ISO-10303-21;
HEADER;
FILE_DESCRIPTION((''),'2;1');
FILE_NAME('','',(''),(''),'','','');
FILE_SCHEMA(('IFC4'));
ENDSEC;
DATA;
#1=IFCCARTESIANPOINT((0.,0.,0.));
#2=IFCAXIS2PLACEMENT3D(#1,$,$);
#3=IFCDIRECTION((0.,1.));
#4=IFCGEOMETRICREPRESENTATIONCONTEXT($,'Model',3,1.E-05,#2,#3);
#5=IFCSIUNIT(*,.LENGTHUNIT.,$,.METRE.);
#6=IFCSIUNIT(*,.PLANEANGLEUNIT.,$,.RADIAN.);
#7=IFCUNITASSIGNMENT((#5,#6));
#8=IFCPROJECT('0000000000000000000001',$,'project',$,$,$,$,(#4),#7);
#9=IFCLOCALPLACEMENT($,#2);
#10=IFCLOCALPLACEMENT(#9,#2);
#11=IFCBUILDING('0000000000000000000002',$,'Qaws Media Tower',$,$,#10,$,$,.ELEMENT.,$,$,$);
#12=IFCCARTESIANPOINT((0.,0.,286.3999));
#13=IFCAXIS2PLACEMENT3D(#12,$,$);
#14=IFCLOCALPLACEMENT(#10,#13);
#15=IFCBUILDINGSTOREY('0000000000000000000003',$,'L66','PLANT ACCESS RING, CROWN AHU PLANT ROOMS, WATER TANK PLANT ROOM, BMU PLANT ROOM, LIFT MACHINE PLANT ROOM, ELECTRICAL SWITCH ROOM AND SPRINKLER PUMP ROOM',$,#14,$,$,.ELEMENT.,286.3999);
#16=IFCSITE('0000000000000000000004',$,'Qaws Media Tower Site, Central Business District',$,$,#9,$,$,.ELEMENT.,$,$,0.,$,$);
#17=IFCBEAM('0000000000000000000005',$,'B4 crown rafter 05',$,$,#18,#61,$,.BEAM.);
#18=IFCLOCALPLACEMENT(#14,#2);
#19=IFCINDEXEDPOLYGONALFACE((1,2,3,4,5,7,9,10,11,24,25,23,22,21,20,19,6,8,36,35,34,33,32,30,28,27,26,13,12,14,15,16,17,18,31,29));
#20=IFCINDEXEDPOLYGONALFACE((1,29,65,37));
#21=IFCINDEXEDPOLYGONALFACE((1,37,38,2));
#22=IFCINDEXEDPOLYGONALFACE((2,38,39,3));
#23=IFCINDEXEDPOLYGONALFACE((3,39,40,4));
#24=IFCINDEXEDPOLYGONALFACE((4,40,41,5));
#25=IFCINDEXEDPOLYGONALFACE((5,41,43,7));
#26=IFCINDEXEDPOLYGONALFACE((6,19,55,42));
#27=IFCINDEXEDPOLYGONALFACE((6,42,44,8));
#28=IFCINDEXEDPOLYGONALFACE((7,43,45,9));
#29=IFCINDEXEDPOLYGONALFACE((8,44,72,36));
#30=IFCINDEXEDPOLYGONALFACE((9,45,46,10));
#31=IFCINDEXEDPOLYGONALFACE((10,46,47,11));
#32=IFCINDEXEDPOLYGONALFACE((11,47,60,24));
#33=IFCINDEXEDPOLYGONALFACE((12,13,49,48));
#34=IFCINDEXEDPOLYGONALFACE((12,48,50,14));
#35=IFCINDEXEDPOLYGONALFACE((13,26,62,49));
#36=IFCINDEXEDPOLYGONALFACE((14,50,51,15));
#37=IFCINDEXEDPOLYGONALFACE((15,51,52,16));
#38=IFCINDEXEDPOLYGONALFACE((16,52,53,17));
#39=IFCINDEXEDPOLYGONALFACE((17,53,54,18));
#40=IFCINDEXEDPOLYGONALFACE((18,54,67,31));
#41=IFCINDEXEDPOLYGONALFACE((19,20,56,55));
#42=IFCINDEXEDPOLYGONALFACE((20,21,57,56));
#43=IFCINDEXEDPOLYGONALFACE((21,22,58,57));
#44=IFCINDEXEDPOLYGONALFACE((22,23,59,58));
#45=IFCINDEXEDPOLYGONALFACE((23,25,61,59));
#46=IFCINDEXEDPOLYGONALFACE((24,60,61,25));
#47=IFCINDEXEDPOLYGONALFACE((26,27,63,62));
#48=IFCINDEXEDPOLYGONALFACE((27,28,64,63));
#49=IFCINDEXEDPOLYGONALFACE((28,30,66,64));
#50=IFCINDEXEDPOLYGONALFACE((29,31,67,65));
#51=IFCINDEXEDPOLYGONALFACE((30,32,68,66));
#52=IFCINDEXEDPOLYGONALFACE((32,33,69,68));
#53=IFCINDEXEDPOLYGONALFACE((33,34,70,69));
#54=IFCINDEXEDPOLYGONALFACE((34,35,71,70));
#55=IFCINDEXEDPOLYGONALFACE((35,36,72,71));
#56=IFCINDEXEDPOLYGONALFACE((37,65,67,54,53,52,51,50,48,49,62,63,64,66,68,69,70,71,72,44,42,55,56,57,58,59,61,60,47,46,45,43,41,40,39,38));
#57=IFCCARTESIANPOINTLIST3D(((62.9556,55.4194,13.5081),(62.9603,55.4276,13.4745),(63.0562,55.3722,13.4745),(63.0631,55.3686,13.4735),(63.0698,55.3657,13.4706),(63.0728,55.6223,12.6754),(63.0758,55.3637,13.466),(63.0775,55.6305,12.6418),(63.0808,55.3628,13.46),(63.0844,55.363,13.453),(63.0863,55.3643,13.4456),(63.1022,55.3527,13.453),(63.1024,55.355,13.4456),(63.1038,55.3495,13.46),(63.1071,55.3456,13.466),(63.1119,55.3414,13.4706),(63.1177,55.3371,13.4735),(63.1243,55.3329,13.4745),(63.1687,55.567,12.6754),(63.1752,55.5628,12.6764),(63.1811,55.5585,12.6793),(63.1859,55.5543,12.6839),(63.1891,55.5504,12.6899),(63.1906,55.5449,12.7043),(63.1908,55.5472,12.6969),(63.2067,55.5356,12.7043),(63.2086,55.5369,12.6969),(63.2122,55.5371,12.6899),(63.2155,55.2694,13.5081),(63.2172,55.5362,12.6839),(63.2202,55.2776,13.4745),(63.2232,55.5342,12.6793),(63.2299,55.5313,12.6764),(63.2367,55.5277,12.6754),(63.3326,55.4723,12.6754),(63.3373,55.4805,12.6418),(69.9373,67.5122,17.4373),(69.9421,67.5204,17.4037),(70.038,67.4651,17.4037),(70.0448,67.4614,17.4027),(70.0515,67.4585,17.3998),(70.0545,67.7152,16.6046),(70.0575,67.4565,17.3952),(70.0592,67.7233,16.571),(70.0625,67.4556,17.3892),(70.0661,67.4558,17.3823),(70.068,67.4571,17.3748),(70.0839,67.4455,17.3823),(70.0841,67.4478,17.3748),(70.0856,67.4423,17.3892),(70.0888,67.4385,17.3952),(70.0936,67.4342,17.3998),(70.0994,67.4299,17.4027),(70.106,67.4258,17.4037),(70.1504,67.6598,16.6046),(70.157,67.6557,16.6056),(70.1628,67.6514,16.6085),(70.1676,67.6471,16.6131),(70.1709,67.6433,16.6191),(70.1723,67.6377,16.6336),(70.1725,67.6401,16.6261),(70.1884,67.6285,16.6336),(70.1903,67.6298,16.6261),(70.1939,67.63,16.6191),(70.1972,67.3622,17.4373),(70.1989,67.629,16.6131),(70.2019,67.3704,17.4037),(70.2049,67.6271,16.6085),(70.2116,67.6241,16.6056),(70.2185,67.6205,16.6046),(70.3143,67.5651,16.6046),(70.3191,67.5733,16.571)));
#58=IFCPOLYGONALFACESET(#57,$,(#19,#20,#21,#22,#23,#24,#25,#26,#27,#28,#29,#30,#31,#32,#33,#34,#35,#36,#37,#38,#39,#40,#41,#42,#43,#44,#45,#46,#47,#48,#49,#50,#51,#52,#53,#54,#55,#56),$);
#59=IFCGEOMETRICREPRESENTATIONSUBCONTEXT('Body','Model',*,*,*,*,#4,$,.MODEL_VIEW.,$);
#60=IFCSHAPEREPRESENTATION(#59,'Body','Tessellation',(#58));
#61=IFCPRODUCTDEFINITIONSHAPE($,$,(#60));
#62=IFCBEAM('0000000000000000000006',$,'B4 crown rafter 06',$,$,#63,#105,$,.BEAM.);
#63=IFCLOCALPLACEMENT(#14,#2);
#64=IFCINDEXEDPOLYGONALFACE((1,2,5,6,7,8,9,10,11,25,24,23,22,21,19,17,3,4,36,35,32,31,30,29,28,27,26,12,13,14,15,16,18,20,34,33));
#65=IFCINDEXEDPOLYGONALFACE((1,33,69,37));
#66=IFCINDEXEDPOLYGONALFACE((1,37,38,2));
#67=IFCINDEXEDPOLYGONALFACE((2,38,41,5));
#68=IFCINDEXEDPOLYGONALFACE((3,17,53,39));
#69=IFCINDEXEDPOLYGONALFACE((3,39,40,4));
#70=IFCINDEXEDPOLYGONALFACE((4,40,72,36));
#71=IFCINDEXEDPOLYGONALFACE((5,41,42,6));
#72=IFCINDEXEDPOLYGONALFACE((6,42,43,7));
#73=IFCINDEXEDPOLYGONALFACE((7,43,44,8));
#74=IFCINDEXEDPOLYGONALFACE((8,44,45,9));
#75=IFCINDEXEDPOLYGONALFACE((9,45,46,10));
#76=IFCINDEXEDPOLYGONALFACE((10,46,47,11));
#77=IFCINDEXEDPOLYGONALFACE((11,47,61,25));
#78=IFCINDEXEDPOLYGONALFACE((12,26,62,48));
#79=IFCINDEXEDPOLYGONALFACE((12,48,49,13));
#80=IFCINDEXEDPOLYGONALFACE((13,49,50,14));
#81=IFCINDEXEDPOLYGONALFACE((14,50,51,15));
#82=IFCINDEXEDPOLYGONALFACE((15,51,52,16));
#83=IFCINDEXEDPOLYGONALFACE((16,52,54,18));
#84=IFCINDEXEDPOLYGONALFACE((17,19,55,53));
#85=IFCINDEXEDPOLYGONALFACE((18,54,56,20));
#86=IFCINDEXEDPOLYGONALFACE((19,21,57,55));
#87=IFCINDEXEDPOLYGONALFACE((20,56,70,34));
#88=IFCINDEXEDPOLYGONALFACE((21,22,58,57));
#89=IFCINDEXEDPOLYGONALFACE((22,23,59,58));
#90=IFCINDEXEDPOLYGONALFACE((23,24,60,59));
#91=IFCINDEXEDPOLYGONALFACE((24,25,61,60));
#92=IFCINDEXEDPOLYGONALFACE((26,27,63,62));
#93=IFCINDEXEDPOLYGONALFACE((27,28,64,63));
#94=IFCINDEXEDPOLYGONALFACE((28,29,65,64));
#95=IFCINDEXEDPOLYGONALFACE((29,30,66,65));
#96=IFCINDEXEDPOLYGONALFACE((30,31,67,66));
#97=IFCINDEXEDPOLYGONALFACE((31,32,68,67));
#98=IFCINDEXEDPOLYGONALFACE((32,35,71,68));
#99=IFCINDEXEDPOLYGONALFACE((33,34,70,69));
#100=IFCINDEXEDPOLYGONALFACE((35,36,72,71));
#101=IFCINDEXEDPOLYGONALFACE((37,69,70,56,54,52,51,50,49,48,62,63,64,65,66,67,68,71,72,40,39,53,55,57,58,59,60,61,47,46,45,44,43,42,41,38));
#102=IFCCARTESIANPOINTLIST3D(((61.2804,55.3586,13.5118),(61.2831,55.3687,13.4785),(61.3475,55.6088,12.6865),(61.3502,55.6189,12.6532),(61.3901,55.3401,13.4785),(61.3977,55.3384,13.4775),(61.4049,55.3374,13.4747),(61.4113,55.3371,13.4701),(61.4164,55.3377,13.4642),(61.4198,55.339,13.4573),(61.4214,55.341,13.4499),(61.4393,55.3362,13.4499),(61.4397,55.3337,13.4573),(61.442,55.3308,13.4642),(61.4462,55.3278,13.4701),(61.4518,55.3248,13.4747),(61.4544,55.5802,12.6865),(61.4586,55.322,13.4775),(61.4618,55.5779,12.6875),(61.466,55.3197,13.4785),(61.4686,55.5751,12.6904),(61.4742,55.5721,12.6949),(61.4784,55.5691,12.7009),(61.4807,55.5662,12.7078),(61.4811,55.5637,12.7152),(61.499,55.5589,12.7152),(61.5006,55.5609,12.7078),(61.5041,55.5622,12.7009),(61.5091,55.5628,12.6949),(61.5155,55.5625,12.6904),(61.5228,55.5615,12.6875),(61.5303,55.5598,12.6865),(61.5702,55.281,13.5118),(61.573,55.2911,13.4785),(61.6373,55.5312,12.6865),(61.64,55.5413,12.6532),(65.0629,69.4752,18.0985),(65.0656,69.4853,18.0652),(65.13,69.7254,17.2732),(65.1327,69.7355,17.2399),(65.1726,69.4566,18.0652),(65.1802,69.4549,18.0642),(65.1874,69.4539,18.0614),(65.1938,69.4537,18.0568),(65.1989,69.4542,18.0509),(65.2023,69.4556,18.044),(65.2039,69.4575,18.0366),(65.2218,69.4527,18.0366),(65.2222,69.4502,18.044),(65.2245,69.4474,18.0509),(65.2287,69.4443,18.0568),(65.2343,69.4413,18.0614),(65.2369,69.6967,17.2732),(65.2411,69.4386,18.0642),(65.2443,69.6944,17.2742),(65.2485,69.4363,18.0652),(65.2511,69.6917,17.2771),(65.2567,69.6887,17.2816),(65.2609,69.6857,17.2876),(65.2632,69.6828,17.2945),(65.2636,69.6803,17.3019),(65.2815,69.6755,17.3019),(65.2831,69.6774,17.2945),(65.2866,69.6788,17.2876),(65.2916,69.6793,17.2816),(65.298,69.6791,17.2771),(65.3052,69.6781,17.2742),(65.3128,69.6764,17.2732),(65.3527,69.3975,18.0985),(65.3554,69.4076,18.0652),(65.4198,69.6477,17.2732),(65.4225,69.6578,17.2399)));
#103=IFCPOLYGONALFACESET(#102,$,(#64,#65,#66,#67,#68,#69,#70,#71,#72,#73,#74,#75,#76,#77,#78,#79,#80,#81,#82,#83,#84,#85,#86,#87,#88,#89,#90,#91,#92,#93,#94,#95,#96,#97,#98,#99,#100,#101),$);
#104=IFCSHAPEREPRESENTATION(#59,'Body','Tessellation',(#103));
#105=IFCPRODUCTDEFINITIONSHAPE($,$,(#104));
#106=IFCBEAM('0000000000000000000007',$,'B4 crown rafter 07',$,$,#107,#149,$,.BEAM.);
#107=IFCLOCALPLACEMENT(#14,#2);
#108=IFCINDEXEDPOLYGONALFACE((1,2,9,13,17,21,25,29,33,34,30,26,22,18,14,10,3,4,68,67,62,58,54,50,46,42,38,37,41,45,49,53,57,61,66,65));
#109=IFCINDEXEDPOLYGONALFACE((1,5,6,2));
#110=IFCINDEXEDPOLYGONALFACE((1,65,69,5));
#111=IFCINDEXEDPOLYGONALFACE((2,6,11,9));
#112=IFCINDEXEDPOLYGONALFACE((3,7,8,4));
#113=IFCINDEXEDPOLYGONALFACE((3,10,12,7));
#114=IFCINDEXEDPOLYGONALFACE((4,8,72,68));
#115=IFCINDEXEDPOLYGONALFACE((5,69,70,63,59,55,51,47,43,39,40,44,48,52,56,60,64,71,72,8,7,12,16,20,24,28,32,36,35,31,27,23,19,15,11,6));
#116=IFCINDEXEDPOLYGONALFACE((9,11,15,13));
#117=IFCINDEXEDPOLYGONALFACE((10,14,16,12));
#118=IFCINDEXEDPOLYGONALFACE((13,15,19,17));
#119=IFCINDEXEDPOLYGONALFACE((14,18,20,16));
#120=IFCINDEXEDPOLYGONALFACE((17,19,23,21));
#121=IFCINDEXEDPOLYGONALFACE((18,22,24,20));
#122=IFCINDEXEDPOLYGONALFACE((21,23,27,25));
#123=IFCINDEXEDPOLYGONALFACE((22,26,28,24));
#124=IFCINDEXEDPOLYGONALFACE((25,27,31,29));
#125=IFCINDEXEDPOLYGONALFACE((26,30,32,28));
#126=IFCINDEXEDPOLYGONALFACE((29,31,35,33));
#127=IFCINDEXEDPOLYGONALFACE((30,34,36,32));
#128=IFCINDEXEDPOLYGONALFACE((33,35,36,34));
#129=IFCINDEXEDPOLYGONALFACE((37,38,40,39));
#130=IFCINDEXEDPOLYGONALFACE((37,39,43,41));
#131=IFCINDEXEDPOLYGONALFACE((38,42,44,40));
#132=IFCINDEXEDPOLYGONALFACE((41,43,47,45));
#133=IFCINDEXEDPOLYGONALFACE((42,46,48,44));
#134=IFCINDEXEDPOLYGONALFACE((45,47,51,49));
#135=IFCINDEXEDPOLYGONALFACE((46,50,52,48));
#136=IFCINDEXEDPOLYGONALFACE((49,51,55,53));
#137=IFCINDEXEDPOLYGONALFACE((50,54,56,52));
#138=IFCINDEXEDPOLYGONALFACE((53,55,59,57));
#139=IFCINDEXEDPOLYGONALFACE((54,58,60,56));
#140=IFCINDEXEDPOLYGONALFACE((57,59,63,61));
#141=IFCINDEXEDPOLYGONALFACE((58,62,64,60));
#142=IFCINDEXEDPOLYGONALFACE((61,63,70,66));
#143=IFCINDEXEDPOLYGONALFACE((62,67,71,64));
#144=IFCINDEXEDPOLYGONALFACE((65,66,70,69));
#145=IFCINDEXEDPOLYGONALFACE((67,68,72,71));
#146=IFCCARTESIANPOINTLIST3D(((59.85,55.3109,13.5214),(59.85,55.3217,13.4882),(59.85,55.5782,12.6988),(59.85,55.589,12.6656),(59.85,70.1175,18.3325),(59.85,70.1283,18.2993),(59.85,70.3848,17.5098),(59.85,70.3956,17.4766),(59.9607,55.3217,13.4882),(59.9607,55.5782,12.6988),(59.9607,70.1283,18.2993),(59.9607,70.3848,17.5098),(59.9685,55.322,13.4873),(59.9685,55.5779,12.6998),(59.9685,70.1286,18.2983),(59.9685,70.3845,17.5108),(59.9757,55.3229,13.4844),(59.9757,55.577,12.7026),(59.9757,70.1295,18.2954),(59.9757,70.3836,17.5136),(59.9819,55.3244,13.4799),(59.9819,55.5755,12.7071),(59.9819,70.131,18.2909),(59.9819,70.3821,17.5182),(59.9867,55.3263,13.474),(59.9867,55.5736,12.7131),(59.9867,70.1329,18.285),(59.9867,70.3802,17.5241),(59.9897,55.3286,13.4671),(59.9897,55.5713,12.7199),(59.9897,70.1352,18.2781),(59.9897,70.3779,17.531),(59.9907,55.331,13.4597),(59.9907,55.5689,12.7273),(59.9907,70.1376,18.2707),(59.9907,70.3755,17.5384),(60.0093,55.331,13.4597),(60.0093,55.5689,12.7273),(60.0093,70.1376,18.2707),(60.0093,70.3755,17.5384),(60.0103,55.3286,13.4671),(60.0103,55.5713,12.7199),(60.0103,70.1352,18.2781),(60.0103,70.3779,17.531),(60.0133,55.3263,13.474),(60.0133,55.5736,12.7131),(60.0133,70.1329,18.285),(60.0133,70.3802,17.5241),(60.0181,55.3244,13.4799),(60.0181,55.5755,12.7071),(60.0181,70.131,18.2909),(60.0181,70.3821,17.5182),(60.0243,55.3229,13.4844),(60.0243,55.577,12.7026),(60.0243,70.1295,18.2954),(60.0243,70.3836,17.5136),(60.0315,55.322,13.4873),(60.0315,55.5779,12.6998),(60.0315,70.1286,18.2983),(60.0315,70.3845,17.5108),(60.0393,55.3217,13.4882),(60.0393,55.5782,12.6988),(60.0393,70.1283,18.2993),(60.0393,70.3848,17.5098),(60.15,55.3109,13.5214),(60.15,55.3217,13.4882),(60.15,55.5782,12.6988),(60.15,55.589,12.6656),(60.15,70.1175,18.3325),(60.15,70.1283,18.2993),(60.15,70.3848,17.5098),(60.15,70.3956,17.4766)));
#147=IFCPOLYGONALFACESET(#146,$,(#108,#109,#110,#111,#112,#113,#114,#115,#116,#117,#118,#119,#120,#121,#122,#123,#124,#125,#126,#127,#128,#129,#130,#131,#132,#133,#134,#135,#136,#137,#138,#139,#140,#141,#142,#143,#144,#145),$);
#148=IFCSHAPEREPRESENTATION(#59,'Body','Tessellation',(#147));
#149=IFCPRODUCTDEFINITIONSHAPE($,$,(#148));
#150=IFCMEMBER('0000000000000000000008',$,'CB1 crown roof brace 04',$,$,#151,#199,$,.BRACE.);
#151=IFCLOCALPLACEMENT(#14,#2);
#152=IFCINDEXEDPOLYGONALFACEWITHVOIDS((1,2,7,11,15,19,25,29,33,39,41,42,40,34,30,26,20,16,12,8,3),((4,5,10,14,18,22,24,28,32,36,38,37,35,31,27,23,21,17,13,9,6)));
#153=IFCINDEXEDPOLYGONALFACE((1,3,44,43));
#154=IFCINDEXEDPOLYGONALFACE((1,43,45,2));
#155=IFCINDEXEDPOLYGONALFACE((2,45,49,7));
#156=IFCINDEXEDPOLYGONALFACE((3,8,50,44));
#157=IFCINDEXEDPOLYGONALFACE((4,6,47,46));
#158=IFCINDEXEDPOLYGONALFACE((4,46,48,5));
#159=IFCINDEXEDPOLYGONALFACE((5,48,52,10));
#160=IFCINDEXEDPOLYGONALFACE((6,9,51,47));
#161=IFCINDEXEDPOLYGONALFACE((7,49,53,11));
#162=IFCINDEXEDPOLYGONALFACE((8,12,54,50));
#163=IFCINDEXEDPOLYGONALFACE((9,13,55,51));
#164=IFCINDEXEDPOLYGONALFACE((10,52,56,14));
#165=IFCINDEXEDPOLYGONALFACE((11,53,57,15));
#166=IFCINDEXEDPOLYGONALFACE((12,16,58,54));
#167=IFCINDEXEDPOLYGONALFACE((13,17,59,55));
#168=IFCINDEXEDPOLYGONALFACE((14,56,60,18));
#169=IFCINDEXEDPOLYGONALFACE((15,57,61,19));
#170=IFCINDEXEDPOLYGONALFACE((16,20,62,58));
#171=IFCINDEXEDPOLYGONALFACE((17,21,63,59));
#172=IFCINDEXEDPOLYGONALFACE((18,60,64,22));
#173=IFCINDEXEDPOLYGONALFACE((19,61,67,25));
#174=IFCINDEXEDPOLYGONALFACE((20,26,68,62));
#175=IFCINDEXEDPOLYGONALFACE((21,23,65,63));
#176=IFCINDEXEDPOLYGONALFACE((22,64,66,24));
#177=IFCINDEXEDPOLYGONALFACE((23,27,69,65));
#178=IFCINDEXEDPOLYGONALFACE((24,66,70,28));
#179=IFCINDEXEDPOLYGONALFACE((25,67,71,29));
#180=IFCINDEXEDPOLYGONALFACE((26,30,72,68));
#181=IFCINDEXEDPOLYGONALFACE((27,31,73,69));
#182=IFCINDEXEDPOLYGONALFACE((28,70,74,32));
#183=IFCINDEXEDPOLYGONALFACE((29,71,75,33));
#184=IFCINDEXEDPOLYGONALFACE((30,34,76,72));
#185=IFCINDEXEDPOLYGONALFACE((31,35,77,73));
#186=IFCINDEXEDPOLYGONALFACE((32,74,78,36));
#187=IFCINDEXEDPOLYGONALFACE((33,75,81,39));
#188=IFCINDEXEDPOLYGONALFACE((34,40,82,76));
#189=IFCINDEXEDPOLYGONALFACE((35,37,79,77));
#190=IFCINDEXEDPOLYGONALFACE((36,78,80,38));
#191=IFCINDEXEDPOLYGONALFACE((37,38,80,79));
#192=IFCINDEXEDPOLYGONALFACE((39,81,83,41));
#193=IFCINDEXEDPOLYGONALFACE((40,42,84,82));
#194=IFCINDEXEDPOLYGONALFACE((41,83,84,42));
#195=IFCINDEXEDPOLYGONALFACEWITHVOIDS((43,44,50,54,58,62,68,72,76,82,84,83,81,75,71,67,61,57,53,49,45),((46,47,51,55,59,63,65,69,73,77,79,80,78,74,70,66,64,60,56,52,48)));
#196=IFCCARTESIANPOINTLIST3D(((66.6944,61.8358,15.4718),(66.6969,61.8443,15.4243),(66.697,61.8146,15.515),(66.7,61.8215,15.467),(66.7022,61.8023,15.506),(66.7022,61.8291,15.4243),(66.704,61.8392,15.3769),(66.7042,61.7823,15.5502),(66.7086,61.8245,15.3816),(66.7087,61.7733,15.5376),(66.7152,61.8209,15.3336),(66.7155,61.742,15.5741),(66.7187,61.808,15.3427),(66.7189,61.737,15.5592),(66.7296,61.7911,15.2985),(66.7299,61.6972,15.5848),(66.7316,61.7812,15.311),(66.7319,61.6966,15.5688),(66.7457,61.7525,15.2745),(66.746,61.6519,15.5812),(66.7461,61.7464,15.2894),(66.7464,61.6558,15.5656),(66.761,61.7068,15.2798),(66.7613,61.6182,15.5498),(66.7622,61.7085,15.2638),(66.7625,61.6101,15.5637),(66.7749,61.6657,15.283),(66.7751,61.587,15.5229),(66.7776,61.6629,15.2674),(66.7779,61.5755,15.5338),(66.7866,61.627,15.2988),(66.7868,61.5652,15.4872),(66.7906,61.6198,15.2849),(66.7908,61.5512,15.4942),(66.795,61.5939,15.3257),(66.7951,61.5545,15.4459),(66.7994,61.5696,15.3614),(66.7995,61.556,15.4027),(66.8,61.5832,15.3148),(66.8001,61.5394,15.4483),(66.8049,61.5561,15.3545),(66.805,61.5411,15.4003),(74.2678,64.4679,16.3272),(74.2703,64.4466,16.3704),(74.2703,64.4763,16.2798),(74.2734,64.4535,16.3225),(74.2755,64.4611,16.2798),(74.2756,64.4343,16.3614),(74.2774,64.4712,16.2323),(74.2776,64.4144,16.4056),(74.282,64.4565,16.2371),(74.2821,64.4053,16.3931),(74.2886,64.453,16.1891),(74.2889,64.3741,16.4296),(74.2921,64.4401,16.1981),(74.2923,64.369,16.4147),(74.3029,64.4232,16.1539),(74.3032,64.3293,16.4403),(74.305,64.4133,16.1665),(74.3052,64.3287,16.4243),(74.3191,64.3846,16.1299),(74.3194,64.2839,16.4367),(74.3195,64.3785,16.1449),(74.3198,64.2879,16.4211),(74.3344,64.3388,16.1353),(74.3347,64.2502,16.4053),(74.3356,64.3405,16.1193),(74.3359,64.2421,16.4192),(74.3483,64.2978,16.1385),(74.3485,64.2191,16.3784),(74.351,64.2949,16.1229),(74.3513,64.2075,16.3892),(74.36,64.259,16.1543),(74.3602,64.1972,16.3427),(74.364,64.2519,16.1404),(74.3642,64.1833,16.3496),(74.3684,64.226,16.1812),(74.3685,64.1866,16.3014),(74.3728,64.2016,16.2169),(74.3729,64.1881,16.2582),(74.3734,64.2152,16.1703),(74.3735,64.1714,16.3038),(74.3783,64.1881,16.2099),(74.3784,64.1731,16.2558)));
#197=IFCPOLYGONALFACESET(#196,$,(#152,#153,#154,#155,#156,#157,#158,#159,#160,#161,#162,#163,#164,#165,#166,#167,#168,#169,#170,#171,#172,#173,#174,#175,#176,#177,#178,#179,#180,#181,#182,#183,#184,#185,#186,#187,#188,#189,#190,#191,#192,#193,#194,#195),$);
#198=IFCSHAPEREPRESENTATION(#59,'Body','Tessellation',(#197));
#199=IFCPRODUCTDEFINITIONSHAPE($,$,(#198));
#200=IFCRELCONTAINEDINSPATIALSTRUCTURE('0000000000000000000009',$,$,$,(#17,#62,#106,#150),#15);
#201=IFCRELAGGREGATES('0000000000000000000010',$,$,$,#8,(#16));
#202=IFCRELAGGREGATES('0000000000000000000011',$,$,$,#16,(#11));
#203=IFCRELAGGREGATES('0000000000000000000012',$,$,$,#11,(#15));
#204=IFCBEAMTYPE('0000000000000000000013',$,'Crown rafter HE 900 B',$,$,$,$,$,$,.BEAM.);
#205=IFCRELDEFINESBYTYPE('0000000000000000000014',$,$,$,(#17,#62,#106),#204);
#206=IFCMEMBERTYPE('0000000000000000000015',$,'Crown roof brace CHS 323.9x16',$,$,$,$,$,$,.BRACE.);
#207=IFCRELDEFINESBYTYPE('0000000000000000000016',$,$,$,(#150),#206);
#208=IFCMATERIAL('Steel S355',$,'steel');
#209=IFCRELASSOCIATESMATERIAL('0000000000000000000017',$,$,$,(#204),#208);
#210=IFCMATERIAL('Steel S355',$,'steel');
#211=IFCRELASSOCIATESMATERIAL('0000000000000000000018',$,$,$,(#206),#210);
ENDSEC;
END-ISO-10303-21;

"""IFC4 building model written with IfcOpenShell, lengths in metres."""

from ifc_helpers import new_model, si_unit, direction, frame, origin, origin_2d, place, context, subcontext, project, spatial, hollow_circle, i_section, extrude, material, material_profile, profile_set, type_object, element, save


model = new_model("IFC4")

# Units and contexts
model_context = context("Model", 3, precision=1e-05, world=origin(), true_north=direction((0.0, 1.0)))
body_context = subcontext(model_context, "Body", "Model", "MODEL_VIEW")
ifc_project = project(units=[si_unit("LENGTHUNIT", "METRE"), si_unit("PLANEANGLEUNIT", "RADIAN")], contexts=[model_context])

# Site, building, storey
site_placement = place(None, origin())
site = spatial("IfcSite", under=ifc_project, at=site_placement, Name="Qaws Media Tower Site, Central Business District", CompositionType="ELEMENT", RefElevation=0.0)
building_placement = place(site_placement, origin())
building = spatial("IfcBuilding", under=site, at=building_placement, Name="Qaws Media Tower", CompositionType="ELEMENT")
storey_placement = place(building_placement, frame((0.0, 0.0, 286.3999)))
storey = spatial("IfcBuildingStorey", under=building, at=storey_placement, Name="L66", Description="PLANT ACCESS RING, CROWN AHU PLANT ROOMS, WATER TANK PLANT ROOM, BMU PLANT ROOM, LIFT MACHINE PLANT ROOM, ELECTRICAL SWITCH ROOM AND SPRINKLER PUMP ROOM", CompositionType="ELEMENT", Elevation=286.3999)

# Beams
ifc_material_1 = material(Name="Steel S355", Category="steel")
ifc_material_profile_1 = material_profile(ifc_material_1, i_section(OverallWidth=0.3, OverallDepth=0.8999, WebThickness=0.0186, FlangeThickness=0.0349, FilletRadius=0.03, at=origin_2d()), Name="HE 900 B")
ifc_profile_set_1 = profile_set([ifc_material_profile_1], Name="Steel S355")
beam_type_1 = type_object("IfcBeamType", Name="Crown rafter HE 900 B", PredefinedType="BEAM", material=ifc_profile_set_1)
beam_1_placement = place(storey_placement, frame((63.1465, 55.45, 13.075), z_axis=(0.481304, 0.833652, 0.270871), x_axis=(-0.866028, 0.499996, 0.0)))
element("IfcBeam", 1, at=beam_1_placement, inside=storey, type_object=beam_type_1, Name="B4 crown rafter 05", PredefinedType="BEAM", context=body_context, shape_type="SweptSolid", body=[
    extrude(i_section(OverallWidth=0.3, OverallDepth=0.8999, WebThickness=0.0186, FlangeThickness=0.0349, FilletRadius=0.03, at=origin_2d()), origin(), (0.0, 0.0, 1.0), 14.5059),
])
beam_2_placement = place(storey_placement, frame((61.4602, 55.45, 13.0825), z_axis=(0.246941, 0.921604, 0.299444), x_axis=(-0.965926, 0.258818, 0.0)))
element("IfcBeam", 2, at=beam_2_placement, inside=storey, type_object=beam_type_1, Name="B4 crown rafter 06", PredefinedType="BEAM", context=body_context, shape_type="SweptSolid", body=[
    extrude(i_section(OverallWidth=0.3, OverallDepth=0.8999, WebThickness=0.0186, FlangeThickness=0.0349, FilletRadius=0.03, at=origin_2d()), origin(), (0.0, 0.0, 1.0), 15.3174),
])
beam_3_placement = place(storey_placement, frame((60.0, 55.45, 13.0935), z_axis=(0.0, 0.951055, 0.309021), x_axis=(-1.0, 0.0, 0.0)))
element("IfcBeam", 3, at=beam_3_placement, inside=storey, type_object=beam_type_1, Name="B4 crown rafter 07", PredefinedType="BEAM", context=body_context, shape_type="SweptSolid", body=[
    extrude(i_section(OverallWidth=0.3, OverallDepth=0.8999, WebThickness=0.0186, FlangeThickness=0.0349, FilletRadius=0.03, at=origin_2d()), origin(), (0.0, 0.0, 1.0), 15.5686),
])

# Member
ifc_material_2 = material(Name="Steel S355", Category="steel")
ifc_material_profile_2 = material_profile(ifc_material_2, hollow_circle(Radius=0.1619, WallThickness=0.0161, at=origin_2d()), Name="CHS 323.9x16")
ifc_profile_set_2 = profile_set([ifc_material_profile_2], Name="Steel S355")
member_type = type_object("IfcMemberType", Name="Crown roof brace CHS 323.9x16", PredefinedType="BRACE", material=ifc_profile_set_2)
member_1_placement = place(storey_placement, frame((66.75, 61.6914, 15.4243), z_axis=(0.93925, 0.326426, 0.106094), x_axis=(-0.328279, 0.944581, 0.0)))
element("IfcMember", 4, at=member_1_placement, inside=storey, type_object=member_type, Name="CB1 crown roof brace 04", PredefinedType="BRACE", context=body_context, shape_type="SweptSolid", body=[
    extrude(hollow_circle(Radius=0.1619, WallThickness=0.0161, at=origin_2d()), origin(), (0.0, 0.0, 1.0), 8.0632),
])

save(model, "model.ifc")
